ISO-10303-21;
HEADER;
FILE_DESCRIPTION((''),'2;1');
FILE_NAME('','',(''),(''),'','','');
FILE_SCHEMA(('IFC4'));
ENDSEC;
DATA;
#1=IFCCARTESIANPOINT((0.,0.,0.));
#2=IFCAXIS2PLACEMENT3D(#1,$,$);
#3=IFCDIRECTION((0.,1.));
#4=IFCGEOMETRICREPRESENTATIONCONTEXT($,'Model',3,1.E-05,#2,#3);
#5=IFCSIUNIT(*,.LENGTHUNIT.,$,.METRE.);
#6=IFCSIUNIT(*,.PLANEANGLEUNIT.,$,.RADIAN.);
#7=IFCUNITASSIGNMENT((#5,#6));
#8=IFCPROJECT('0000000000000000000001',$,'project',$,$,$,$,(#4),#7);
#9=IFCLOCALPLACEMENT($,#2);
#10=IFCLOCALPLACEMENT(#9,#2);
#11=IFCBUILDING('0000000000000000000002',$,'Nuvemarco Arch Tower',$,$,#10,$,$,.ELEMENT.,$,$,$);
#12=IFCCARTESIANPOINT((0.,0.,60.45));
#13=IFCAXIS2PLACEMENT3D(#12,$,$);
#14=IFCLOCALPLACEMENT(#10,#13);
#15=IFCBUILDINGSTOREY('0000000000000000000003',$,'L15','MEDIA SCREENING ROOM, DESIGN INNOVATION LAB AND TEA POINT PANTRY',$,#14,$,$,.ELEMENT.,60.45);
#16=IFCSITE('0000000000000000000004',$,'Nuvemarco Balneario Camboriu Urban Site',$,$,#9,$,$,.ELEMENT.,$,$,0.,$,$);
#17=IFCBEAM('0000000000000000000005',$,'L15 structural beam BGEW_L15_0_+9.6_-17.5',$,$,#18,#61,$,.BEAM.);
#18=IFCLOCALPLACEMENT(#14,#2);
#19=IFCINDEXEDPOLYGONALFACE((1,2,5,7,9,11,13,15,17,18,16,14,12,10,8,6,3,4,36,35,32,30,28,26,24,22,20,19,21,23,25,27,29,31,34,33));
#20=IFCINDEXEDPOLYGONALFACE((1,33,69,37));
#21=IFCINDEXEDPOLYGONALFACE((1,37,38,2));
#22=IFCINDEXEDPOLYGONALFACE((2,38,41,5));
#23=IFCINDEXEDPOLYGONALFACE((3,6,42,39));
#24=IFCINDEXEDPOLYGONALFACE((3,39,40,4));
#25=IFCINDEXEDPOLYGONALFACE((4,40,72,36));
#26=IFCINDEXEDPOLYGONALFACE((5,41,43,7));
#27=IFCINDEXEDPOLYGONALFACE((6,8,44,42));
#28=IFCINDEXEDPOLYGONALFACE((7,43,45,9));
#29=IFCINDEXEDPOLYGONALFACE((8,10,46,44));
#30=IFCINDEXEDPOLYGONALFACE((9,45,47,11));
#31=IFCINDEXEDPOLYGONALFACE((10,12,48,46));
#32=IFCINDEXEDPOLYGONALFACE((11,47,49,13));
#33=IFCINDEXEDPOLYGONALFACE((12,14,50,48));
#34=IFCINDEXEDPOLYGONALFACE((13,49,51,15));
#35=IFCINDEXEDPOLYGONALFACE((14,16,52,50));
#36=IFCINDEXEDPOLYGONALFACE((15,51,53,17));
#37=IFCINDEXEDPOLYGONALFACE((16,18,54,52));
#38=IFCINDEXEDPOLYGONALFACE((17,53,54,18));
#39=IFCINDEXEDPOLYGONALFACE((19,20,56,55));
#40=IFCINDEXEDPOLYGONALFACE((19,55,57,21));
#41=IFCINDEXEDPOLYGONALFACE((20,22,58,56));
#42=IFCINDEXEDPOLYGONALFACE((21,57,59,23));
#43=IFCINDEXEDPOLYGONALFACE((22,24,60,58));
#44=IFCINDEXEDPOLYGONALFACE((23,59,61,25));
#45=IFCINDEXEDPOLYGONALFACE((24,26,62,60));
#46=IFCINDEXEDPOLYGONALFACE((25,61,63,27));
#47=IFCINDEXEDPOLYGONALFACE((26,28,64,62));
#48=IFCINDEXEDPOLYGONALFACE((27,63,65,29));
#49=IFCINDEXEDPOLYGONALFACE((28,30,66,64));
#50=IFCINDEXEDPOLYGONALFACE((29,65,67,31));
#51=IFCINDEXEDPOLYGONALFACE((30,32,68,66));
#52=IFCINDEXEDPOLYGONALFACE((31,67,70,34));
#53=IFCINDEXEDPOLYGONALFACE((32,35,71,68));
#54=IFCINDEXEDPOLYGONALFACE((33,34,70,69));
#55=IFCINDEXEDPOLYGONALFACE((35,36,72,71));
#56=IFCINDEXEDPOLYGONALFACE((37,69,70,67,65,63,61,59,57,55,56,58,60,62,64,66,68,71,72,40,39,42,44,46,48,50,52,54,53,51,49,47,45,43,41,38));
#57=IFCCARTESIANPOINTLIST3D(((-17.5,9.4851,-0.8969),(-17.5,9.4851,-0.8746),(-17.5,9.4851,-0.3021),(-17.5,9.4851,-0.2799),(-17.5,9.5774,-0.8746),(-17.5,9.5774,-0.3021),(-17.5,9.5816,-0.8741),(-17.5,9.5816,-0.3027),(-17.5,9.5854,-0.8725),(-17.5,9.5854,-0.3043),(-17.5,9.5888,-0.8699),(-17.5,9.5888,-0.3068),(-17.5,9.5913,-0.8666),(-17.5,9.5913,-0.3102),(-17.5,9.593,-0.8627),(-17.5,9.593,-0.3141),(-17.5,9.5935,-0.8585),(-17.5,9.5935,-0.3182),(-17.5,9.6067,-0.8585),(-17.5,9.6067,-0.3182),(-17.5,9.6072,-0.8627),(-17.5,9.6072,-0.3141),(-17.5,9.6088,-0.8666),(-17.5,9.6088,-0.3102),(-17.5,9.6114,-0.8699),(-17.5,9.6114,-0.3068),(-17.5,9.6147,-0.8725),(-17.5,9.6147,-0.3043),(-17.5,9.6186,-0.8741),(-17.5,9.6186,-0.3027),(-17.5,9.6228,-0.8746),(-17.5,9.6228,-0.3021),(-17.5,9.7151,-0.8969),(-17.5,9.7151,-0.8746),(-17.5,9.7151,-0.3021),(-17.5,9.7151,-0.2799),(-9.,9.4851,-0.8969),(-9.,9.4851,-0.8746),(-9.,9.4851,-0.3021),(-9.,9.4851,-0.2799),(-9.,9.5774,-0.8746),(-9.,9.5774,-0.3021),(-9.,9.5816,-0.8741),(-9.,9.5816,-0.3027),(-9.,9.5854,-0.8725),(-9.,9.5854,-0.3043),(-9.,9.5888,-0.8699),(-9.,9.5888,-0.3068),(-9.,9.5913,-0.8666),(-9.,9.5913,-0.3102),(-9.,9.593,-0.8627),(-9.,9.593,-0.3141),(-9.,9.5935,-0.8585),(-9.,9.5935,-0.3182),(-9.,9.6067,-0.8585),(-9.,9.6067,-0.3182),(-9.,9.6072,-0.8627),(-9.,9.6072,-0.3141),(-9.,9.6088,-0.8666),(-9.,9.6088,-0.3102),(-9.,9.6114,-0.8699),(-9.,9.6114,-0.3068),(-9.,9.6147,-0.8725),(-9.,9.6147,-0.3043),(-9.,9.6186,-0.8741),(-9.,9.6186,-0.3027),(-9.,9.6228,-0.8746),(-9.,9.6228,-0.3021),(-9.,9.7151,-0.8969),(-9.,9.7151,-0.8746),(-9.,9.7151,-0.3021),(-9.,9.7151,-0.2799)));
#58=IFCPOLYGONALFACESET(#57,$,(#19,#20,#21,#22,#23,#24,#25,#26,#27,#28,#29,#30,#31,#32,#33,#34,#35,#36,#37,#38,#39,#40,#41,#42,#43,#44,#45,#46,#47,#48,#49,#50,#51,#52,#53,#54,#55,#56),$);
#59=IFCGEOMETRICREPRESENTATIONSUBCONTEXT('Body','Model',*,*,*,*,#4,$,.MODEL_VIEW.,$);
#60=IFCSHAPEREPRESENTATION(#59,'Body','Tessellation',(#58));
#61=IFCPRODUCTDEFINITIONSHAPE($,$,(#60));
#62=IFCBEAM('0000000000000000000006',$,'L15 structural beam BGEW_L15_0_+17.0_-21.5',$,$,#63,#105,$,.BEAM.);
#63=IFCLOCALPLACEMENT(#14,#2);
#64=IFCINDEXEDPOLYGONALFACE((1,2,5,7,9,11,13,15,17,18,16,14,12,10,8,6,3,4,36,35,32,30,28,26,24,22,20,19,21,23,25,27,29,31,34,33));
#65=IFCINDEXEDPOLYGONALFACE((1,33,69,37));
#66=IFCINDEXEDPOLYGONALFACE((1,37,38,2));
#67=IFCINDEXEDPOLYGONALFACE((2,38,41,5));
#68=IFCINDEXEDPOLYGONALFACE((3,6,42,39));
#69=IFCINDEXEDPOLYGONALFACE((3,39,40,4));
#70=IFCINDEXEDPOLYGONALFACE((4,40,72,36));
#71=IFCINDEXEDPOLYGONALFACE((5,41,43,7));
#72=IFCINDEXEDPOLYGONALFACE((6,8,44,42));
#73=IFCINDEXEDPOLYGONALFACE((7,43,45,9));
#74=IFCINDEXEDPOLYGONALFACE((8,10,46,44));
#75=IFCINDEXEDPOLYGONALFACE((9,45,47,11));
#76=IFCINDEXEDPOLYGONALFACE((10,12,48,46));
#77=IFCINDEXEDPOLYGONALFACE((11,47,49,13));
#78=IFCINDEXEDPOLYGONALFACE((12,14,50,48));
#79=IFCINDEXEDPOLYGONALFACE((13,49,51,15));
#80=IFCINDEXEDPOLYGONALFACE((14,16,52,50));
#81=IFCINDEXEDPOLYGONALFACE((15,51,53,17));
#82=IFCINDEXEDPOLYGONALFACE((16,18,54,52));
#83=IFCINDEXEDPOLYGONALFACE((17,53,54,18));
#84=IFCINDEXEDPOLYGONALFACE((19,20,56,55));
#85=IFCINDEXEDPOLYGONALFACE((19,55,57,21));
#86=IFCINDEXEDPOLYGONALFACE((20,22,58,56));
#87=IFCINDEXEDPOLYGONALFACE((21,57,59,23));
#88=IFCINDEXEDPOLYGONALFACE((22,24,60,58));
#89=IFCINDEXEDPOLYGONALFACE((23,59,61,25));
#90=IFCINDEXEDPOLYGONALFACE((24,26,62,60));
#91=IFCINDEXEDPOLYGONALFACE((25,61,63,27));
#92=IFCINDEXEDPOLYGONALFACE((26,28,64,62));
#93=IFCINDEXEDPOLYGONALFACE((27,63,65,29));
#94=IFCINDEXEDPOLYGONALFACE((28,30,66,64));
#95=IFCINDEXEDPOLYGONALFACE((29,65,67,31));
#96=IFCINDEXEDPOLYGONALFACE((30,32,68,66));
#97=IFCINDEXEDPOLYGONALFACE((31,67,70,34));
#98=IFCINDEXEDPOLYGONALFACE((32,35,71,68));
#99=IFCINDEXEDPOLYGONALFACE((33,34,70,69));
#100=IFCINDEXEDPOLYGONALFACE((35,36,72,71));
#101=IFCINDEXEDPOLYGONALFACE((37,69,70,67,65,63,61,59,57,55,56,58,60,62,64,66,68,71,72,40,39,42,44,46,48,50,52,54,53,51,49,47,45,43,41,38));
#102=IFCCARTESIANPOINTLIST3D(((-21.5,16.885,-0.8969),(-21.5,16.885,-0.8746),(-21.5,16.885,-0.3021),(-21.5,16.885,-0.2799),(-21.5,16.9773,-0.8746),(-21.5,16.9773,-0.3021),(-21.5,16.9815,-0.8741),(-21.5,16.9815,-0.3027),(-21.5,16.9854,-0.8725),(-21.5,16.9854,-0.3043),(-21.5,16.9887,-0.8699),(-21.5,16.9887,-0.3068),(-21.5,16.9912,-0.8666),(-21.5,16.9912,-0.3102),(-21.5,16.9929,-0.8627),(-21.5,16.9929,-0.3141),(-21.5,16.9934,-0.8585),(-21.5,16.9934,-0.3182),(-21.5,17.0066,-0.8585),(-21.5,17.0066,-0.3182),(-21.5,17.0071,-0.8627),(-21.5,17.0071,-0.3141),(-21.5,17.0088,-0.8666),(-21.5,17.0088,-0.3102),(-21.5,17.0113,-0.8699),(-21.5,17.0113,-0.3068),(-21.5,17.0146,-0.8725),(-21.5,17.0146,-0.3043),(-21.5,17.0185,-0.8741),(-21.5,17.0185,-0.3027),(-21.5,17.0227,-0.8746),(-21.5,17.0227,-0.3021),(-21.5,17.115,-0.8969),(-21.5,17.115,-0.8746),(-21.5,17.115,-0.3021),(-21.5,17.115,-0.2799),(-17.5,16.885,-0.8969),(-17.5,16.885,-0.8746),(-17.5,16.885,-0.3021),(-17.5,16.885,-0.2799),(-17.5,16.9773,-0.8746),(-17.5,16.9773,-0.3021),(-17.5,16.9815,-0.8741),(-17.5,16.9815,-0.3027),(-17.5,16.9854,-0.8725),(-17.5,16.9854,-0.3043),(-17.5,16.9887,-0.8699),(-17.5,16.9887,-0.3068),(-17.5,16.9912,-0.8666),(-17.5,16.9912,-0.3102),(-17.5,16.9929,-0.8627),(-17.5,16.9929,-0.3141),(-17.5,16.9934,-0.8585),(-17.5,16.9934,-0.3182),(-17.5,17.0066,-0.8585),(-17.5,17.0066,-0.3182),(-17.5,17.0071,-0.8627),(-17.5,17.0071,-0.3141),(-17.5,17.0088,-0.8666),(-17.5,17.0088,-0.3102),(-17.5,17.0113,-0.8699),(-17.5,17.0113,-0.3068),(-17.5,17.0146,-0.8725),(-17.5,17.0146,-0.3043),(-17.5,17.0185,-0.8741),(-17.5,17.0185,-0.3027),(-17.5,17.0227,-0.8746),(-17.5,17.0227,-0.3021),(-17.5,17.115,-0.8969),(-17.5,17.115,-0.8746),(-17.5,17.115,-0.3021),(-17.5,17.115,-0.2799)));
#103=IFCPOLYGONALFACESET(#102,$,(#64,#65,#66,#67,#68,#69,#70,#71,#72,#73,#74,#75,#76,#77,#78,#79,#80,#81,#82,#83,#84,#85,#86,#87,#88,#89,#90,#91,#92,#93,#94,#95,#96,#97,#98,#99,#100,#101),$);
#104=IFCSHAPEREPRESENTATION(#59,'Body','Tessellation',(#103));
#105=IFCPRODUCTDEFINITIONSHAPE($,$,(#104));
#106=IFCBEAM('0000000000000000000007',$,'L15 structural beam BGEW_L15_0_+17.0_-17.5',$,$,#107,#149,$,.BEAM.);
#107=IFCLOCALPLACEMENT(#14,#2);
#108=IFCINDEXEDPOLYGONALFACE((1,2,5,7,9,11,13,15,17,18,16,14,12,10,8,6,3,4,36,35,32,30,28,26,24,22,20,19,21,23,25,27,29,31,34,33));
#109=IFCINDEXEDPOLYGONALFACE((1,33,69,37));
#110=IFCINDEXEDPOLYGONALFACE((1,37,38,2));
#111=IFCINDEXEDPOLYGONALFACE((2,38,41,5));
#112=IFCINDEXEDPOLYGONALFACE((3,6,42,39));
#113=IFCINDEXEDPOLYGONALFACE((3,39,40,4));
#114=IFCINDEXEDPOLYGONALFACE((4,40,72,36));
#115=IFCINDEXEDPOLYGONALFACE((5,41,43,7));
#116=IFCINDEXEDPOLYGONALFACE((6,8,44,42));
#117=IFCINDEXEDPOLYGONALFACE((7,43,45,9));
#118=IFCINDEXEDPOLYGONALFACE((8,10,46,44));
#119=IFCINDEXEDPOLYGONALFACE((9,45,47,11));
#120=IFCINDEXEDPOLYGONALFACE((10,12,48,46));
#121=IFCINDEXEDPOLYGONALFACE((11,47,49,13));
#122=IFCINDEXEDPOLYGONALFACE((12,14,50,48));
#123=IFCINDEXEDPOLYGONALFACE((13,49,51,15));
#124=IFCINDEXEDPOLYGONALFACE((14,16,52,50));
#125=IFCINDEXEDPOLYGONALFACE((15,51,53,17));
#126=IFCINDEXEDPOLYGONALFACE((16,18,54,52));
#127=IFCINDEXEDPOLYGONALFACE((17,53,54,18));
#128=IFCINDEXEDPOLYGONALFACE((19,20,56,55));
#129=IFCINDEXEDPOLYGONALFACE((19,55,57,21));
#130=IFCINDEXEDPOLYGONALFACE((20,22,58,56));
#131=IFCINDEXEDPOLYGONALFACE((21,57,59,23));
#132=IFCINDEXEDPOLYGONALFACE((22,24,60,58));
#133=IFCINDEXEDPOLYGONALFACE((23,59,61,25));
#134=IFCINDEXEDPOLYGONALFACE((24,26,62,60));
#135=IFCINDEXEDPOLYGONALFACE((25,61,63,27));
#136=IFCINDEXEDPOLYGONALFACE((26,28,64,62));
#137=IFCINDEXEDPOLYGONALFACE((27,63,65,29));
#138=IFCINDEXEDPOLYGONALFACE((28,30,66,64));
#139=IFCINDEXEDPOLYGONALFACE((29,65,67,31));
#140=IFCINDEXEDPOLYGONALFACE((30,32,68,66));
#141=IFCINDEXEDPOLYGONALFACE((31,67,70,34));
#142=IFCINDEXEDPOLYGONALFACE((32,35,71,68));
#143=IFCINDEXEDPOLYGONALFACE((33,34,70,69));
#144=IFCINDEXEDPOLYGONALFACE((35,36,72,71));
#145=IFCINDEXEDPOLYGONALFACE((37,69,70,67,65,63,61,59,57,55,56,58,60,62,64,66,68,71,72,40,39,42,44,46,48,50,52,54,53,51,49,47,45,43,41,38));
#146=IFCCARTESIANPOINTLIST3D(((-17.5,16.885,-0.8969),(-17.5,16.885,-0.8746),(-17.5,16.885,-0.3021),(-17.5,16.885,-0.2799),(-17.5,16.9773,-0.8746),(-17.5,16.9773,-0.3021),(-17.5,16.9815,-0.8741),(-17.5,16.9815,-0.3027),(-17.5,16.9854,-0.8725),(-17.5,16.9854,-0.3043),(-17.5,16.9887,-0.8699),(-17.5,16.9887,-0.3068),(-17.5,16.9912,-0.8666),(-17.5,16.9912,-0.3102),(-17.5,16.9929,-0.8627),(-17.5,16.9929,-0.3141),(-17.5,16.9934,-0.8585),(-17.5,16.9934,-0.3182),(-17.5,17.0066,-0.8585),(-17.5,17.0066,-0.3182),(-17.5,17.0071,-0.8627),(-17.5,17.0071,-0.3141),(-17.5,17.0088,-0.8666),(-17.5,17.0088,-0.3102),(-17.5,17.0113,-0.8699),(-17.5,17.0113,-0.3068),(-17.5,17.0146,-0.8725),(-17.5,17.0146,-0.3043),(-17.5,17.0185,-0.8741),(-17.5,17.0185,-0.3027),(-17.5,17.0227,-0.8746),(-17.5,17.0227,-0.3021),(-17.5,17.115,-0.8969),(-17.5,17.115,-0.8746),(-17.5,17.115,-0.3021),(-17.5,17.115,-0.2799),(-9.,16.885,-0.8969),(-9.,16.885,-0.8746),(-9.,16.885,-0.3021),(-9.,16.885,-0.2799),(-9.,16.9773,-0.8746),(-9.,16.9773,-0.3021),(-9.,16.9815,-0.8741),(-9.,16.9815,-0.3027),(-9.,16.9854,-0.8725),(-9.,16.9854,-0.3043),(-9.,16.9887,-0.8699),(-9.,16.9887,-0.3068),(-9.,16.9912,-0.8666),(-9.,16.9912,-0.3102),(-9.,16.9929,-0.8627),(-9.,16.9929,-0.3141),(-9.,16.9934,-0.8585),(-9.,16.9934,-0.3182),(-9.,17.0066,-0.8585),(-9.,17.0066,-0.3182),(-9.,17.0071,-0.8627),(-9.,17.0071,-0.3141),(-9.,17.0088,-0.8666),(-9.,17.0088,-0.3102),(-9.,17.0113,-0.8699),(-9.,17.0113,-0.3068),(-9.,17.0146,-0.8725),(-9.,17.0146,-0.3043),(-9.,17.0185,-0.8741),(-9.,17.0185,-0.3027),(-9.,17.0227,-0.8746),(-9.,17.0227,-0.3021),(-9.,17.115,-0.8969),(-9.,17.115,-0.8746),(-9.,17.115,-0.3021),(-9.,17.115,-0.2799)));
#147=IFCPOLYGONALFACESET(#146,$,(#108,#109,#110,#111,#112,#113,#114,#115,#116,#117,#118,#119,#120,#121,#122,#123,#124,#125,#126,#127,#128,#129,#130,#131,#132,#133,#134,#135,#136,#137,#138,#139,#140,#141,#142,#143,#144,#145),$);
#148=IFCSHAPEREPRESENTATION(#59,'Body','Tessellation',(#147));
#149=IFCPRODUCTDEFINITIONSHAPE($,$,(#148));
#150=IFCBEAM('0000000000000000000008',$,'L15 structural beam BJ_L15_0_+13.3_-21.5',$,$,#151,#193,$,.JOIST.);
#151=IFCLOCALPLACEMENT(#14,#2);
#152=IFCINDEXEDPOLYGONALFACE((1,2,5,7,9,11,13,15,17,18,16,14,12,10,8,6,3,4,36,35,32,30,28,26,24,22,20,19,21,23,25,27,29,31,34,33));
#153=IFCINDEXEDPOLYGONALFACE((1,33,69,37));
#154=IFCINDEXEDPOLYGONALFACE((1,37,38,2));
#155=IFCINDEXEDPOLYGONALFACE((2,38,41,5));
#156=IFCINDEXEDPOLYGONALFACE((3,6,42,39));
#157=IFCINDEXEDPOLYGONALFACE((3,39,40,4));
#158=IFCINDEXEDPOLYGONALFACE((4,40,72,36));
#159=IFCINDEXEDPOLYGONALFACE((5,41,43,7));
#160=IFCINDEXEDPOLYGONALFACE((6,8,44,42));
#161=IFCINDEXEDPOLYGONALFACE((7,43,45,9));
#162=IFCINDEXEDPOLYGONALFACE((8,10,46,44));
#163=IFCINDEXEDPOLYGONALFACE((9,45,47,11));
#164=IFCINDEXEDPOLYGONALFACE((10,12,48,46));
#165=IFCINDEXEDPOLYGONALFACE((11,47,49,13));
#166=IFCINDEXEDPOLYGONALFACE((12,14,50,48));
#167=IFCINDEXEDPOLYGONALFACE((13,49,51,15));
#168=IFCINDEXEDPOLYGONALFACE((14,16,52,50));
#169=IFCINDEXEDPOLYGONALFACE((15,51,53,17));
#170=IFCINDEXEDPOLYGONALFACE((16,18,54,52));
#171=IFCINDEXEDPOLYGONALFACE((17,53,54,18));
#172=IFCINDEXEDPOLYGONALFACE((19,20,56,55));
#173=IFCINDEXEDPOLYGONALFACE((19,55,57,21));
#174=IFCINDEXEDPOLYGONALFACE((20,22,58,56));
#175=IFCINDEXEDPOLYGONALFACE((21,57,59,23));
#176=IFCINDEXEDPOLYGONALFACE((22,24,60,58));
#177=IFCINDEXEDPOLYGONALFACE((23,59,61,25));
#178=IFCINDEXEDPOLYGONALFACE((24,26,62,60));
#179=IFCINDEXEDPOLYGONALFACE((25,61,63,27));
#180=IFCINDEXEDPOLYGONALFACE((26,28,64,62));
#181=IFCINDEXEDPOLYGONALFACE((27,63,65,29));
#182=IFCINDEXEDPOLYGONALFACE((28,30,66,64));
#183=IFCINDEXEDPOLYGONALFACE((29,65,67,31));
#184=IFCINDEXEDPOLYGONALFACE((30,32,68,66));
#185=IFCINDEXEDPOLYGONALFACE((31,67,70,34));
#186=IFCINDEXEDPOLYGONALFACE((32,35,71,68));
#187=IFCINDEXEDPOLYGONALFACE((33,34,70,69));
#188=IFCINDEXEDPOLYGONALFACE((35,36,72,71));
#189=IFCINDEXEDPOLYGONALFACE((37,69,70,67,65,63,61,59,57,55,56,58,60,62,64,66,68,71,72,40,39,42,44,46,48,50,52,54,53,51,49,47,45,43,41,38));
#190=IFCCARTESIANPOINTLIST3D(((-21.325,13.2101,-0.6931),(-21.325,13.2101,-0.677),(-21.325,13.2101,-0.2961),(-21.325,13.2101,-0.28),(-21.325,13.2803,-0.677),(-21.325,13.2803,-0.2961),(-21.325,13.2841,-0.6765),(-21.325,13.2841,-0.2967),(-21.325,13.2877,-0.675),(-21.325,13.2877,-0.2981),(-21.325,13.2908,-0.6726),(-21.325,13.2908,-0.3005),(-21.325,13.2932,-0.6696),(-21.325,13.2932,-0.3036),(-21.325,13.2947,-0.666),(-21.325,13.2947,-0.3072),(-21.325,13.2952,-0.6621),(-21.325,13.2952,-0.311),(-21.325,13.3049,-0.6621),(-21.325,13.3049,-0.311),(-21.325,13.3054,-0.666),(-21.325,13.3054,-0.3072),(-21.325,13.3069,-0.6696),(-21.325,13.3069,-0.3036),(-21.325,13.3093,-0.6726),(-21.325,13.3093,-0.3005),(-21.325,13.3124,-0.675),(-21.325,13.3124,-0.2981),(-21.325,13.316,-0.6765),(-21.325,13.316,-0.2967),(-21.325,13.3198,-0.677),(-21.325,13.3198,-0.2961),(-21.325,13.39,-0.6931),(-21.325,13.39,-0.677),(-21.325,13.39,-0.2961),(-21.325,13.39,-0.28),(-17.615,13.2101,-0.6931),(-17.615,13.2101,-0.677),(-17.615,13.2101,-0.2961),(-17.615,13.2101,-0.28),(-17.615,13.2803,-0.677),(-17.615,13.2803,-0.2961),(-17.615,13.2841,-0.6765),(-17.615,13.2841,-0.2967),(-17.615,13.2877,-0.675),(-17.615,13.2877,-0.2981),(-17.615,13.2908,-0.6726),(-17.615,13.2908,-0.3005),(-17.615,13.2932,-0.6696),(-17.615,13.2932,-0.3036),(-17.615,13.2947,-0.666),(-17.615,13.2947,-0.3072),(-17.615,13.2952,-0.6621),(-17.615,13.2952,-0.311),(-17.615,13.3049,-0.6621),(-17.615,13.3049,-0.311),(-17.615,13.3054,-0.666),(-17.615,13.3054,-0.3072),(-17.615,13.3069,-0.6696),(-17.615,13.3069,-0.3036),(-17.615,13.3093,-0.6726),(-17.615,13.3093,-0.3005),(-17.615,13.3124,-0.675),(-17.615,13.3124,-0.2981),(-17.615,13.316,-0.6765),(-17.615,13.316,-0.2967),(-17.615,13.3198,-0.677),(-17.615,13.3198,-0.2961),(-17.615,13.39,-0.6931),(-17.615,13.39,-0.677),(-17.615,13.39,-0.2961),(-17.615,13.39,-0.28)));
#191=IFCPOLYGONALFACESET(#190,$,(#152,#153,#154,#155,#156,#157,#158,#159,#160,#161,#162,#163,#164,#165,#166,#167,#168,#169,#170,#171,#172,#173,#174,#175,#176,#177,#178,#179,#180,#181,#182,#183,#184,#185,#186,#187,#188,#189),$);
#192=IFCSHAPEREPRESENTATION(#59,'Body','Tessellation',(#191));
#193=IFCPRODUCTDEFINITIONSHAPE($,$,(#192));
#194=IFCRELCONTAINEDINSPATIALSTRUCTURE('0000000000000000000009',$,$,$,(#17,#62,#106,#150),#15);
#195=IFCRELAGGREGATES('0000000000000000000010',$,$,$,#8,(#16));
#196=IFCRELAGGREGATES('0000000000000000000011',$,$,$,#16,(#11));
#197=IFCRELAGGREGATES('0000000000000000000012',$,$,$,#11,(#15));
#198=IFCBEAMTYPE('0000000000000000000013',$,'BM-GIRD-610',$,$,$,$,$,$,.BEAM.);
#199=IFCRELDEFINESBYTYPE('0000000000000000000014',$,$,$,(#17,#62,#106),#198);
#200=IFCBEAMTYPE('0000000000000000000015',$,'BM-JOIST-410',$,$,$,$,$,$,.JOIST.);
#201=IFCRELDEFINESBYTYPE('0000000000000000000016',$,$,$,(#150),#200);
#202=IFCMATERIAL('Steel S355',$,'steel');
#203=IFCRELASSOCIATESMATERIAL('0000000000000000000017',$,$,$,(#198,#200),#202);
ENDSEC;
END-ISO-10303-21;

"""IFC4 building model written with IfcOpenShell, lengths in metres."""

from ifc_helpers import new_model, si_unit, direction, frame, origin, origin_2d, place, context, subcontext, project, spatial, i_section, extrude, material, material_profile, profile_set, type_object, element, save


model = new_model("IFC4")

# Units and contexts
model_context = context("Model", 3, precision=1e-05, world=origin(), true_north=direction((0.0, 1.0)))
body_context = subcontext(model_context, "Body", "Model", "MODEL_VIEW")
ifc_project = project(units=[si_unit("LENGTHUNIT", "METRE"), si_unit("PLANEANGLEUNIT", "RADIAN")], contexts=[model_context])

# Site, building, storey
site_placement = place(None, origin())
site = spatial("IfcSite", under=ifc_project, at=site_placement, Name="Nuvemarco Balneario Camboriu Urban Site", CompositionType="ELEMENT", RefElevation=0.0)
building_placement = place(site_placement, origin())
building = spatial("IfcBuilding", under=site, at=building_placement, Name="Nuvemarco Arch Tower", CompositionType="ELEMENT")
storey_placement = place(building_placement, frame((0.0, 0.0, 60.45)))
storey = spatial("IfcBuildingStorey", under=building, at=storey_placement, Name="L15", Description="MEDIA SCREENING ROOM, DESIGN INNOVATION LAB AND TEA POINT PANTRY", CompositionType="ELEMENT", Elevation=60.45)

# Shared definitions
ifc_material_1 = material(Name="Steel S355", Category="steel")

# Beams
ifc_material_profile_1 = material_profile(ifc_material_1, i_section(OverallWidth=0.23, OverallDepth=0.6169, WebThickness=0.0132, FlangeThickness=0.0222, FilletRadius=0.0161, at=origin_2d()), Name="W610x140")
ifc_profile_set_1 = profile_set([ifc_material_profile_1], Name="Steel S355")
beam_type_1 = type_object("IfcBeamType", Name="BM-GIRD-610", PredefinedType="BEAM", material=ifc_profile_set_1)
beam_1_placement = place(storey_placement, frame((-17.5, 9.6001, -0.5884), z_axis=(1.0, 0.0, 0.0), x_axis=(0.0, 1.0, 0.0)))
element("IfcBeam", 1, at=beam_1_placement, inside=storey, type_object=beam_type_1, Name="L15 structural beam BGEW_L15_0_+9.6_-17.5", PredefinedType="BEAM", context=body_context, shape_type="SweptSolid", body=[
    extrude(i_section(OverallWidth=0.23, OverallDepth=0.6169, WebThickness=0.0132, FlangeThickness=0.0222, FilletRadius=0.0161, at=origin_2d()), origin(), (0.0, 0.0, 1.0), 8.5),
])
beam_2_placement = place(storey_placement, frame((-21.5, 17.0, -0.5884), z_axis=(1.0, 0.0, 0.0), x_axis=(0.0, 1.0, 0.0)))
element("IfcBeam", 2, at=beam_2_placement, inside=storey, type_object=beam_type_1, Name="L15 structural beam BGEW_L15_0_+17.0_-21.5", PredefinedType="BEAM", context=body_context, shape_type="SweptSolid", body=[
    extrude(i_section(OverallWidth=0.23, OverallDepth=0.6169, WebThickness=0.0132, FlangeThickness=0.0222, FilletRadius=0.0161, at=origin_2d()), origin(), (0.0, 0.0, 1.0), 4.0),
])
beam_3_placement = place(storey_placement, frame((-17.5, 17.0, -0.5884), z_axis=(1.0, 0.0, 0.0), x_axis=(0.0, 1.0, 0.0)))
element("IfcBeam", 3, at=beam_3_placement, inside=storey, type_object=beam_type_1, Name="L15 structural beam BGEW_L15_0_+17.0_-17.5", PredefinedType="BEAM", context=body_context, shape_type="SweptSolid", body=[
    extrude(i_section(OverallWidth=0.23, OverallDepth=0.6169, WebThickness=0.0132, FlangeThickness=0.0222, FilletRadius=0.0161, at=origin_2d()), origin(), (0.0, 0.0, 1.0), 8.5),
])
ifc_material_profile_2 = material_profile(ifc_material_1, i_section(OverallWidth=0.1799, OverallDepth=0.4131, WebThickness=0.0098, FlangeThickness=0.0161, FilletRadius=0.0149, at=origin_2d()), Name="W410x75")
ifc_profile_set_2 = profile_set([ifc_material_profile_2], Name="Steel S355")
beam_type_2 = type_object("IfcBeamType", Name="BM-JOIST-410", PredefinedType="JOIST", material=ifc_profile_set_2)
beam_4_placement = place(storey_placement, frame((-21.325, 13.3, -0.4866), z_axis=(1.0, 0.0, 0.0), x_axis=(0.0, 1.0, 0.0)))
element("IfcBeam", 4, at=beam_4_placement, inside=storey, type_object=beam_type_2, Name="L15 structural beam BJ_L15_0_+13.3_-21.5", PredefinedType="JOIST", context=body_context, shape_type="SweptSolid", body=[
    extrude(i_section(OverallWidth=0.1799, OverallDepth=0.4131, WebThickness=0.0098, FlangeThickness=0.0161, FilletRadius=0.0149, at=origin_2d()), origin(), (0.0, 0.0, 1.0), 3.71),
])

save(model, "model.ifc")
